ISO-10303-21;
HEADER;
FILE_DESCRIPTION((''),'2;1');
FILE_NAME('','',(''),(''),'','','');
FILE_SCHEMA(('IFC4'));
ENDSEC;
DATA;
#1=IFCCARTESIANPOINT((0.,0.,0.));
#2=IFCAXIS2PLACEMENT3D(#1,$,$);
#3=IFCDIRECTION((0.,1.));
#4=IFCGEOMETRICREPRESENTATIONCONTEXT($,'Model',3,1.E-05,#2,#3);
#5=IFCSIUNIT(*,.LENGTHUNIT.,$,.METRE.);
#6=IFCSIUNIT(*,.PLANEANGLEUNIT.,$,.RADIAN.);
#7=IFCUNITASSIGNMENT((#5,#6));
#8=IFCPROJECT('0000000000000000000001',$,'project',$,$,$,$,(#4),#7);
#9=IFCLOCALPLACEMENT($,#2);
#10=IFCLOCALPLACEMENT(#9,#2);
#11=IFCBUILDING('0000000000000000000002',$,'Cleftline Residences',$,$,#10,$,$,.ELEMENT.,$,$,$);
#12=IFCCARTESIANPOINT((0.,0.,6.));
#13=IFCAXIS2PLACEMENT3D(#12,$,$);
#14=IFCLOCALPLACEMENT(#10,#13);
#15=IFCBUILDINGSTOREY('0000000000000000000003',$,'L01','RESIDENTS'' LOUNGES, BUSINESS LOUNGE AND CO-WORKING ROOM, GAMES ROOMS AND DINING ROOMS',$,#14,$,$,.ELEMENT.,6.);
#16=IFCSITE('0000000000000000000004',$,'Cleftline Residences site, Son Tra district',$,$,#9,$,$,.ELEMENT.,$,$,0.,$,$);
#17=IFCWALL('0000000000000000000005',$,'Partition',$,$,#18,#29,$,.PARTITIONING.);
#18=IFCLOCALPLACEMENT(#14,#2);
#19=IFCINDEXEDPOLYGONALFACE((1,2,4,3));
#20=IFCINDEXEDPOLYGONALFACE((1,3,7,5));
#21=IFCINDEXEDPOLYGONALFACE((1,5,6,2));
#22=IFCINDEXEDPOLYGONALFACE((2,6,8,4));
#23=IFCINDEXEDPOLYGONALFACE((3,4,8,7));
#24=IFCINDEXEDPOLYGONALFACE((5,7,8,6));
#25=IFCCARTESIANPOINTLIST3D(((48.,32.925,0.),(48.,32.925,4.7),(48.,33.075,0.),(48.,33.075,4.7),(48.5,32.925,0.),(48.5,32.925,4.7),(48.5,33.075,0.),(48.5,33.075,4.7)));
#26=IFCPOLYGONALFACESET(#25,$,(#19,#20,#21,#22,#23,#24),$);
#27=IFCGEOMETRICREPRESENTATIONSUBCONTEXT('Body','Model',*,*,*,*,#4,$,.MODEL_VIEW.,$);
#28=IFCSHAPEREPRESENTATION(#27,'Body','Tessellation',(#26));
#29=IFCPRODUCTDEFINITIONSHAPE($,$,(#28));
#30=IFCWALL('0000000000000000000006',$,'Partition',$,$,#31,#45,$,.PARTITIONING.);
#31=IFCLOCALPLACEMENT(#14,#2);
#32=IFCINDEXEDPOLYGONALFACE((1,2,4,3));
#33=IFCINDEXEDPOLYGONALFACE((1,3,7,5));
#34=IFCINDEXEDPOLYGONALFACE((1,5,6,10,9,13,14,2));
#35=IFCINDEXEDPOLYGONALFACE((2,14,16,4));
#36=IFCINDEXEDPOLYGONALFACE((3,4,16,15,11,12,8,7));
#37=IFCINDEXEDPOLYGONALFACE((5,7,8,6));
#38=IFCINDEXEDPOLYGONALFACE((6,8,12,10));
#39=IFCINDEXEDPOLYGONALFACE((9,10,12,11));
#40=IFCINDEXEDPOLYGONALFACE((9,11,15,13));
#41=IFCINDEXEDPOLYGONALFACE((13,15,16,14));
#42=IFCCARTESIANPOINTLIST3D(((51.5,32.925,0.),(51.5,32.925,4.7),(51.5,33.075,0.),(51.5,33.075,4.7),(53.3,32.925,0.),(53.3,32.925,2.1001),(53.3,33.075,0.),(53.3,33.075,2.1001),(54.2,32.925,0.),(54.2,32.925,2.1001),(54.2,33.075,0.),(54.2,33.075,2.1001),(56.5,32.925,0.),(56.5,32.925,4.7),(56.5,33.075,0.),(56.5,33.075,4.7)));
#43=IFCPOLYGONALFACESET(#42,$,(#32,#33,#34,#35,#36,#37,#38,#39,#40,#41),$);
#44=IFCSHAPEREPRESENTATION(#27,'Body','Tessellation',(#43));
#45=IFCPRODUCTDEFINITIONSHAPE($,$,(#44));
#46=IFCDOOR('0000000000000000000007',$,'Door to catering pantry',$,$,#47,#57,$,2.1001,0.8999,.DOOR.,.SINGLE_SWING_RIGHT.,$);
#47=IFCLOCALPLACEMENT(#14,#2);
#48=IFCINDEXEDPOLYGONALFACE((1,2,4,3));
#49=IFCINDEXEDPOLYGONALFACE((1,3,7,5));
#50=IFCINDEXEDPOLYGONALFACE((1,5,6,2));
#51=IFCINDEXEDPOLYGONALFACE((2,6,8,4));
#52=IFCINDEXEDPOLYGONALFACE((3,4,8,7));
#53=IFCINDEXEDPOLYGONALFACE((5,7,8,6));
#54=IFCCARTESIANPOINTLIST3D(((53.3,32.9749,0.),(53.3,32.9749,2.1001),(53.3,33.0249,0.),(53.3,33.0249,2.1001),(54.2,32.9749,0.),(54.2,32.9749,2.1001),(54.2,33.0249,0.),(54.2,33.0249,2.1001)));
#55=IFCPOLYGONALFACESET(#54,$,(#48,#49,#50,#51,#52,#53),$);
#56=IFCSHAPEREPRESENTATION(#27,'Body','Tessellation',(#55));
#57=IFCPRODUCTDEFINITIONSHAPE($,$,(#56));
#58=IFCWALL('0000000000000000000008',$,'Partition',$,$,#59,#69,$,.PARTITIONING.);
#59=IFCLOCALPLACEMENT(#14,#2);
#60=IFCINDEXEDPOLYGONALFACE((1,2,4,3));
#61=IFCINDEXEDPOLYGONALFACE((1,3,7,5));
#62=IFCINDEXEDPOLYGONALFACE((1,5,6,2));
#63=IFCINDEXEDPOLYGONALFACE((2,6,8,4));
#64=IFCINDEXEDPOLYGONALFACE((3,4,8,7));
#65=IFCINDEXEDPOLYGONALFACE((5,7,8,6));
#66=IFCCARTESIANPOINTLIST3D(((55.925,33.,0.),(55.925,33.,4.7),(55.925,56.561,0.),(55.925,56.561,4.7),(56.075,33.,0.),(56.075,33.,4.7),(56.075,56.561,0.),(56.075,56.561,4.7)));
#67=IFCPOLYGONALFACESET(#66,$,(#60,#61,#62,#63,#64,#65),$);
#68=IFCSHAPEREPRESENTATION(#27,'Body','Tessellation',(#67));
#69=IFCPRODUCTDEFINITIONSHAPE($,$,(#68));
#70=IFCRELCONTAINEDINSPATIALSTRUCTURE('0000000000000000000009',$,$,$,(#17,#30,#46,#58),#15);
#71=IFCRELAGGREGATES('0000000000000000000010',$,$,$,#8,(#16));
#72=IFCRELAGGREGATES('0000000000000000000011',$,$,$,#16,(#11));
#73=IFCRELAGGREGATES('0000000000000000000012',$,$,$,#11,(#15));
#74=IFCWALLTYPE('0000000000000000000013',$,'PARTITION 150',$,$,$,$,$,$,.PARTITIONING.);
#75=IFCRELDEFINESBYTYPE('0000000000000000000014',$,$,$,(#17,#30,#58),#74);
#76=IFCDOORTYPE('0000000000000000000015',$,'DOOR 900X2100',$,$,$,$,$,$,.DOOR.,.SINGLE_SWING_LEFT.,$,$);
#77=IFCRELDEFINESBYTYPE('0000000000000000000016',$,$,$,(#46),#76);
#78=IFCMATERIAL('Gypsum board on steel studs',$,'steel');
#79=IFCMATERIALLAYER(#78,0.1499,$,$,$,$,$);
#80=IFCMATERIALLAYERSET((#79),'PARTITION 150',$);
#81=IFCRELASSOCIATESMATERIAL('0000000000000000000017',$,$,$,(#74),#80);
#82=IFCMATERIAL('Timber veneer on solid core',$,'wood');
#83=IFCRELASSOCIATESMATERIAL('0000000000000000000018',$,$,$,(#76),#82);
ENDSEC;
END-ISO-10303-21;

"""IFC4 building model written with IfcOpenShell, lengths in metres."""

from ifc_helpers import new_model, si_unit, direction, frame, frame_2d, origin, place, context, subcontext, project, spatial, rectangle, extrude, material, layer, layer_set, type_object, element, fill, save


model = new_model("IFC4")

# Units and contexts
model_context = context("Model", 3, precision=1e-05, world=origin(), true_north=direction((0.0, 1.0)))
body_context = subcontext(model_context, "Body", "Model", "MODEL_VIEW")
ifc_project = project(units=[si_unit("LENGTHUNIT", "METRE"), si_unit("PLANEANGLEUNIT", "RADIAN")], contexts=[model_context])

# Site, building, storey
site_placement = place(None, origin())
site = spatial("IfcSite", under=ifc_project, at=site_placement, Name="Cleftline Residences site, Son Tra district", CompositionType="ELEMENT", RefElevation=0.0)
building_placement = place(site_placement, origin())
building = spatial("IfcBuilding", under=site, at=building_placement, Name="Cleftline Residences", CompositionType="ELEMENT")
storey_placement = place(building_placement, frame((0.0, 0.0, 6.0)))
storey = spatial("IfcBuildingStorey", under=building, at=storey_placement, Name="L01", Description="RESIDENTS' LOUNGES, BUSINESS LOUNGE AND CO-WORKING ROOM, GAMES ROOMS AND DINING ROOMS", CompositionType="ELEMENT", Elevation=6.0)

# Shared definitions
ifc_material_1 = material(Name="Gypsum board on steel studs", Category="steel")
ifc_layer_1 = layer(ifc_material_1, 0.1499)
ifc_layer_set_1 = layer_set([ifc_layer_1], Name="PARTITION 150")
wall_type_1 = type_object("IfcWallType", Name="PARTITION 150", PredefinedType="PARTITIONING", material=ifc_layer_set_1)

# Wall
wall_1_placement = place(storey_placement, frame((48.0, 33.0, 0.0), z_axis=(0.0, 0.0, 1.0), x_axis=(1.0, 0.0, 0.0)))
element("IfcWall", 1, at=wall_1_placement, inside=storey, type_object=wall_type_1, Name="Partition", PredefinedType="PARTITIONING", context=body_context, shape_type="SweptSolid", body=[
    extrude(rectangle(XDim=0.5, YDim=0.1499, at=frame_2d((0.25, 0.0))), origin(), (0.0, 0.0, 1.0), 4.7),
])

# Wall, opening, door
wall_2_placement = place(storey_placement, frame((51.5, 33.0, 0.0), z_axis=(0.0, 0.0, 1.0), x_axis=(1.0, 0.0, 0.0)))
wall_2 = element("IfcWall", 2, at=wall_2_placement, inside=storey, type_object=wall_type_1, Name="Partition", PredefinedType="PARTITIONING", context=body_context, shape_type="SweptSolid", body=[
    extrude(rectangle(XDim=5.0, YDim=0.1499, at=frame_2d((2.5, 0.0))), origin(), (0.0, 0.0, 1.0), 4.7),
])
opening_1_placement = place(wall_2_placement, frame((1.8, 0.0, 0.0)))
opening_1 = element("IfcOpeningElement", 3, at=opening_1_placement, cuts=wall_2, PredefinedType="OPENING", context=body_context, shape_type="SweptSolid", body=[
    extrude(rectangle(XDim=0.8999, YDim=2.1001, at=frame_2d((0.45, 1.05))), frame((0.0, 0.085, 0.0), z_axis=(0.0, -1.0, 0.0), x_axis=(1.0, 0.0, 0.0)), (0.0, 0.0, 1.0), 0.1699),
])
ifc_material_2 = material(Name="Timber veneer on solid core", Category="wood")
door_type_1 = type_object("IfcDoorType", Name="DOOR 900X2100", OperationType="SINGLE_SWING_LEFT", PredefinedType="DOOR", material=ifc_material_2)
door_1_placement = place(opening_1_placement, origin())
door_1 = element("IfcDoor", 4, at=door_1_placement, inside=storey, type_object=door_type_1, Name="Door to catering pantry", OperationType="SINGLE_SWING_RIGHT", OverallHeight=2.1001, OverallWidth=0.8999, PredefinedType="DOOR", context=body_context, shape_type="SweptSolid", body=[
    extrude(rectangle(XDim=0.8999, YDim=2.1001, at=frame_2d((0.45, 1.05))), frame((0.0, 0.0249, 0.0), z_axis=(0.0, -1.0, 0.0), x_axis=(1.0, 0.0, 0.0)), (0.0, 0.0, 1.0), 0.05),
])
fill(opening_1, door_1)

# Wall
wall_3_placement = place(storey_placement, frame((56.0, 33.0, 0.0), z_axis=(0.0, 0.0, 1.0), x_axis=(0.0, 1.0, 0.0)))
element("IfcWall", 5, at=wall_3_placement, inside=storey, type_object=wall_type_1, Name="Partition", PredefinedType="PARTITIONING", context=body_context, shape_type="SweptSolid", body=[
    extrude(rectangle(XDim=23.561, YDim=0.1499, at=frame_2d((11.7805, 0.0))), origin(), (0.0, 0.0, 1.0), 4.7),
])

save(model, "model.ifc")
